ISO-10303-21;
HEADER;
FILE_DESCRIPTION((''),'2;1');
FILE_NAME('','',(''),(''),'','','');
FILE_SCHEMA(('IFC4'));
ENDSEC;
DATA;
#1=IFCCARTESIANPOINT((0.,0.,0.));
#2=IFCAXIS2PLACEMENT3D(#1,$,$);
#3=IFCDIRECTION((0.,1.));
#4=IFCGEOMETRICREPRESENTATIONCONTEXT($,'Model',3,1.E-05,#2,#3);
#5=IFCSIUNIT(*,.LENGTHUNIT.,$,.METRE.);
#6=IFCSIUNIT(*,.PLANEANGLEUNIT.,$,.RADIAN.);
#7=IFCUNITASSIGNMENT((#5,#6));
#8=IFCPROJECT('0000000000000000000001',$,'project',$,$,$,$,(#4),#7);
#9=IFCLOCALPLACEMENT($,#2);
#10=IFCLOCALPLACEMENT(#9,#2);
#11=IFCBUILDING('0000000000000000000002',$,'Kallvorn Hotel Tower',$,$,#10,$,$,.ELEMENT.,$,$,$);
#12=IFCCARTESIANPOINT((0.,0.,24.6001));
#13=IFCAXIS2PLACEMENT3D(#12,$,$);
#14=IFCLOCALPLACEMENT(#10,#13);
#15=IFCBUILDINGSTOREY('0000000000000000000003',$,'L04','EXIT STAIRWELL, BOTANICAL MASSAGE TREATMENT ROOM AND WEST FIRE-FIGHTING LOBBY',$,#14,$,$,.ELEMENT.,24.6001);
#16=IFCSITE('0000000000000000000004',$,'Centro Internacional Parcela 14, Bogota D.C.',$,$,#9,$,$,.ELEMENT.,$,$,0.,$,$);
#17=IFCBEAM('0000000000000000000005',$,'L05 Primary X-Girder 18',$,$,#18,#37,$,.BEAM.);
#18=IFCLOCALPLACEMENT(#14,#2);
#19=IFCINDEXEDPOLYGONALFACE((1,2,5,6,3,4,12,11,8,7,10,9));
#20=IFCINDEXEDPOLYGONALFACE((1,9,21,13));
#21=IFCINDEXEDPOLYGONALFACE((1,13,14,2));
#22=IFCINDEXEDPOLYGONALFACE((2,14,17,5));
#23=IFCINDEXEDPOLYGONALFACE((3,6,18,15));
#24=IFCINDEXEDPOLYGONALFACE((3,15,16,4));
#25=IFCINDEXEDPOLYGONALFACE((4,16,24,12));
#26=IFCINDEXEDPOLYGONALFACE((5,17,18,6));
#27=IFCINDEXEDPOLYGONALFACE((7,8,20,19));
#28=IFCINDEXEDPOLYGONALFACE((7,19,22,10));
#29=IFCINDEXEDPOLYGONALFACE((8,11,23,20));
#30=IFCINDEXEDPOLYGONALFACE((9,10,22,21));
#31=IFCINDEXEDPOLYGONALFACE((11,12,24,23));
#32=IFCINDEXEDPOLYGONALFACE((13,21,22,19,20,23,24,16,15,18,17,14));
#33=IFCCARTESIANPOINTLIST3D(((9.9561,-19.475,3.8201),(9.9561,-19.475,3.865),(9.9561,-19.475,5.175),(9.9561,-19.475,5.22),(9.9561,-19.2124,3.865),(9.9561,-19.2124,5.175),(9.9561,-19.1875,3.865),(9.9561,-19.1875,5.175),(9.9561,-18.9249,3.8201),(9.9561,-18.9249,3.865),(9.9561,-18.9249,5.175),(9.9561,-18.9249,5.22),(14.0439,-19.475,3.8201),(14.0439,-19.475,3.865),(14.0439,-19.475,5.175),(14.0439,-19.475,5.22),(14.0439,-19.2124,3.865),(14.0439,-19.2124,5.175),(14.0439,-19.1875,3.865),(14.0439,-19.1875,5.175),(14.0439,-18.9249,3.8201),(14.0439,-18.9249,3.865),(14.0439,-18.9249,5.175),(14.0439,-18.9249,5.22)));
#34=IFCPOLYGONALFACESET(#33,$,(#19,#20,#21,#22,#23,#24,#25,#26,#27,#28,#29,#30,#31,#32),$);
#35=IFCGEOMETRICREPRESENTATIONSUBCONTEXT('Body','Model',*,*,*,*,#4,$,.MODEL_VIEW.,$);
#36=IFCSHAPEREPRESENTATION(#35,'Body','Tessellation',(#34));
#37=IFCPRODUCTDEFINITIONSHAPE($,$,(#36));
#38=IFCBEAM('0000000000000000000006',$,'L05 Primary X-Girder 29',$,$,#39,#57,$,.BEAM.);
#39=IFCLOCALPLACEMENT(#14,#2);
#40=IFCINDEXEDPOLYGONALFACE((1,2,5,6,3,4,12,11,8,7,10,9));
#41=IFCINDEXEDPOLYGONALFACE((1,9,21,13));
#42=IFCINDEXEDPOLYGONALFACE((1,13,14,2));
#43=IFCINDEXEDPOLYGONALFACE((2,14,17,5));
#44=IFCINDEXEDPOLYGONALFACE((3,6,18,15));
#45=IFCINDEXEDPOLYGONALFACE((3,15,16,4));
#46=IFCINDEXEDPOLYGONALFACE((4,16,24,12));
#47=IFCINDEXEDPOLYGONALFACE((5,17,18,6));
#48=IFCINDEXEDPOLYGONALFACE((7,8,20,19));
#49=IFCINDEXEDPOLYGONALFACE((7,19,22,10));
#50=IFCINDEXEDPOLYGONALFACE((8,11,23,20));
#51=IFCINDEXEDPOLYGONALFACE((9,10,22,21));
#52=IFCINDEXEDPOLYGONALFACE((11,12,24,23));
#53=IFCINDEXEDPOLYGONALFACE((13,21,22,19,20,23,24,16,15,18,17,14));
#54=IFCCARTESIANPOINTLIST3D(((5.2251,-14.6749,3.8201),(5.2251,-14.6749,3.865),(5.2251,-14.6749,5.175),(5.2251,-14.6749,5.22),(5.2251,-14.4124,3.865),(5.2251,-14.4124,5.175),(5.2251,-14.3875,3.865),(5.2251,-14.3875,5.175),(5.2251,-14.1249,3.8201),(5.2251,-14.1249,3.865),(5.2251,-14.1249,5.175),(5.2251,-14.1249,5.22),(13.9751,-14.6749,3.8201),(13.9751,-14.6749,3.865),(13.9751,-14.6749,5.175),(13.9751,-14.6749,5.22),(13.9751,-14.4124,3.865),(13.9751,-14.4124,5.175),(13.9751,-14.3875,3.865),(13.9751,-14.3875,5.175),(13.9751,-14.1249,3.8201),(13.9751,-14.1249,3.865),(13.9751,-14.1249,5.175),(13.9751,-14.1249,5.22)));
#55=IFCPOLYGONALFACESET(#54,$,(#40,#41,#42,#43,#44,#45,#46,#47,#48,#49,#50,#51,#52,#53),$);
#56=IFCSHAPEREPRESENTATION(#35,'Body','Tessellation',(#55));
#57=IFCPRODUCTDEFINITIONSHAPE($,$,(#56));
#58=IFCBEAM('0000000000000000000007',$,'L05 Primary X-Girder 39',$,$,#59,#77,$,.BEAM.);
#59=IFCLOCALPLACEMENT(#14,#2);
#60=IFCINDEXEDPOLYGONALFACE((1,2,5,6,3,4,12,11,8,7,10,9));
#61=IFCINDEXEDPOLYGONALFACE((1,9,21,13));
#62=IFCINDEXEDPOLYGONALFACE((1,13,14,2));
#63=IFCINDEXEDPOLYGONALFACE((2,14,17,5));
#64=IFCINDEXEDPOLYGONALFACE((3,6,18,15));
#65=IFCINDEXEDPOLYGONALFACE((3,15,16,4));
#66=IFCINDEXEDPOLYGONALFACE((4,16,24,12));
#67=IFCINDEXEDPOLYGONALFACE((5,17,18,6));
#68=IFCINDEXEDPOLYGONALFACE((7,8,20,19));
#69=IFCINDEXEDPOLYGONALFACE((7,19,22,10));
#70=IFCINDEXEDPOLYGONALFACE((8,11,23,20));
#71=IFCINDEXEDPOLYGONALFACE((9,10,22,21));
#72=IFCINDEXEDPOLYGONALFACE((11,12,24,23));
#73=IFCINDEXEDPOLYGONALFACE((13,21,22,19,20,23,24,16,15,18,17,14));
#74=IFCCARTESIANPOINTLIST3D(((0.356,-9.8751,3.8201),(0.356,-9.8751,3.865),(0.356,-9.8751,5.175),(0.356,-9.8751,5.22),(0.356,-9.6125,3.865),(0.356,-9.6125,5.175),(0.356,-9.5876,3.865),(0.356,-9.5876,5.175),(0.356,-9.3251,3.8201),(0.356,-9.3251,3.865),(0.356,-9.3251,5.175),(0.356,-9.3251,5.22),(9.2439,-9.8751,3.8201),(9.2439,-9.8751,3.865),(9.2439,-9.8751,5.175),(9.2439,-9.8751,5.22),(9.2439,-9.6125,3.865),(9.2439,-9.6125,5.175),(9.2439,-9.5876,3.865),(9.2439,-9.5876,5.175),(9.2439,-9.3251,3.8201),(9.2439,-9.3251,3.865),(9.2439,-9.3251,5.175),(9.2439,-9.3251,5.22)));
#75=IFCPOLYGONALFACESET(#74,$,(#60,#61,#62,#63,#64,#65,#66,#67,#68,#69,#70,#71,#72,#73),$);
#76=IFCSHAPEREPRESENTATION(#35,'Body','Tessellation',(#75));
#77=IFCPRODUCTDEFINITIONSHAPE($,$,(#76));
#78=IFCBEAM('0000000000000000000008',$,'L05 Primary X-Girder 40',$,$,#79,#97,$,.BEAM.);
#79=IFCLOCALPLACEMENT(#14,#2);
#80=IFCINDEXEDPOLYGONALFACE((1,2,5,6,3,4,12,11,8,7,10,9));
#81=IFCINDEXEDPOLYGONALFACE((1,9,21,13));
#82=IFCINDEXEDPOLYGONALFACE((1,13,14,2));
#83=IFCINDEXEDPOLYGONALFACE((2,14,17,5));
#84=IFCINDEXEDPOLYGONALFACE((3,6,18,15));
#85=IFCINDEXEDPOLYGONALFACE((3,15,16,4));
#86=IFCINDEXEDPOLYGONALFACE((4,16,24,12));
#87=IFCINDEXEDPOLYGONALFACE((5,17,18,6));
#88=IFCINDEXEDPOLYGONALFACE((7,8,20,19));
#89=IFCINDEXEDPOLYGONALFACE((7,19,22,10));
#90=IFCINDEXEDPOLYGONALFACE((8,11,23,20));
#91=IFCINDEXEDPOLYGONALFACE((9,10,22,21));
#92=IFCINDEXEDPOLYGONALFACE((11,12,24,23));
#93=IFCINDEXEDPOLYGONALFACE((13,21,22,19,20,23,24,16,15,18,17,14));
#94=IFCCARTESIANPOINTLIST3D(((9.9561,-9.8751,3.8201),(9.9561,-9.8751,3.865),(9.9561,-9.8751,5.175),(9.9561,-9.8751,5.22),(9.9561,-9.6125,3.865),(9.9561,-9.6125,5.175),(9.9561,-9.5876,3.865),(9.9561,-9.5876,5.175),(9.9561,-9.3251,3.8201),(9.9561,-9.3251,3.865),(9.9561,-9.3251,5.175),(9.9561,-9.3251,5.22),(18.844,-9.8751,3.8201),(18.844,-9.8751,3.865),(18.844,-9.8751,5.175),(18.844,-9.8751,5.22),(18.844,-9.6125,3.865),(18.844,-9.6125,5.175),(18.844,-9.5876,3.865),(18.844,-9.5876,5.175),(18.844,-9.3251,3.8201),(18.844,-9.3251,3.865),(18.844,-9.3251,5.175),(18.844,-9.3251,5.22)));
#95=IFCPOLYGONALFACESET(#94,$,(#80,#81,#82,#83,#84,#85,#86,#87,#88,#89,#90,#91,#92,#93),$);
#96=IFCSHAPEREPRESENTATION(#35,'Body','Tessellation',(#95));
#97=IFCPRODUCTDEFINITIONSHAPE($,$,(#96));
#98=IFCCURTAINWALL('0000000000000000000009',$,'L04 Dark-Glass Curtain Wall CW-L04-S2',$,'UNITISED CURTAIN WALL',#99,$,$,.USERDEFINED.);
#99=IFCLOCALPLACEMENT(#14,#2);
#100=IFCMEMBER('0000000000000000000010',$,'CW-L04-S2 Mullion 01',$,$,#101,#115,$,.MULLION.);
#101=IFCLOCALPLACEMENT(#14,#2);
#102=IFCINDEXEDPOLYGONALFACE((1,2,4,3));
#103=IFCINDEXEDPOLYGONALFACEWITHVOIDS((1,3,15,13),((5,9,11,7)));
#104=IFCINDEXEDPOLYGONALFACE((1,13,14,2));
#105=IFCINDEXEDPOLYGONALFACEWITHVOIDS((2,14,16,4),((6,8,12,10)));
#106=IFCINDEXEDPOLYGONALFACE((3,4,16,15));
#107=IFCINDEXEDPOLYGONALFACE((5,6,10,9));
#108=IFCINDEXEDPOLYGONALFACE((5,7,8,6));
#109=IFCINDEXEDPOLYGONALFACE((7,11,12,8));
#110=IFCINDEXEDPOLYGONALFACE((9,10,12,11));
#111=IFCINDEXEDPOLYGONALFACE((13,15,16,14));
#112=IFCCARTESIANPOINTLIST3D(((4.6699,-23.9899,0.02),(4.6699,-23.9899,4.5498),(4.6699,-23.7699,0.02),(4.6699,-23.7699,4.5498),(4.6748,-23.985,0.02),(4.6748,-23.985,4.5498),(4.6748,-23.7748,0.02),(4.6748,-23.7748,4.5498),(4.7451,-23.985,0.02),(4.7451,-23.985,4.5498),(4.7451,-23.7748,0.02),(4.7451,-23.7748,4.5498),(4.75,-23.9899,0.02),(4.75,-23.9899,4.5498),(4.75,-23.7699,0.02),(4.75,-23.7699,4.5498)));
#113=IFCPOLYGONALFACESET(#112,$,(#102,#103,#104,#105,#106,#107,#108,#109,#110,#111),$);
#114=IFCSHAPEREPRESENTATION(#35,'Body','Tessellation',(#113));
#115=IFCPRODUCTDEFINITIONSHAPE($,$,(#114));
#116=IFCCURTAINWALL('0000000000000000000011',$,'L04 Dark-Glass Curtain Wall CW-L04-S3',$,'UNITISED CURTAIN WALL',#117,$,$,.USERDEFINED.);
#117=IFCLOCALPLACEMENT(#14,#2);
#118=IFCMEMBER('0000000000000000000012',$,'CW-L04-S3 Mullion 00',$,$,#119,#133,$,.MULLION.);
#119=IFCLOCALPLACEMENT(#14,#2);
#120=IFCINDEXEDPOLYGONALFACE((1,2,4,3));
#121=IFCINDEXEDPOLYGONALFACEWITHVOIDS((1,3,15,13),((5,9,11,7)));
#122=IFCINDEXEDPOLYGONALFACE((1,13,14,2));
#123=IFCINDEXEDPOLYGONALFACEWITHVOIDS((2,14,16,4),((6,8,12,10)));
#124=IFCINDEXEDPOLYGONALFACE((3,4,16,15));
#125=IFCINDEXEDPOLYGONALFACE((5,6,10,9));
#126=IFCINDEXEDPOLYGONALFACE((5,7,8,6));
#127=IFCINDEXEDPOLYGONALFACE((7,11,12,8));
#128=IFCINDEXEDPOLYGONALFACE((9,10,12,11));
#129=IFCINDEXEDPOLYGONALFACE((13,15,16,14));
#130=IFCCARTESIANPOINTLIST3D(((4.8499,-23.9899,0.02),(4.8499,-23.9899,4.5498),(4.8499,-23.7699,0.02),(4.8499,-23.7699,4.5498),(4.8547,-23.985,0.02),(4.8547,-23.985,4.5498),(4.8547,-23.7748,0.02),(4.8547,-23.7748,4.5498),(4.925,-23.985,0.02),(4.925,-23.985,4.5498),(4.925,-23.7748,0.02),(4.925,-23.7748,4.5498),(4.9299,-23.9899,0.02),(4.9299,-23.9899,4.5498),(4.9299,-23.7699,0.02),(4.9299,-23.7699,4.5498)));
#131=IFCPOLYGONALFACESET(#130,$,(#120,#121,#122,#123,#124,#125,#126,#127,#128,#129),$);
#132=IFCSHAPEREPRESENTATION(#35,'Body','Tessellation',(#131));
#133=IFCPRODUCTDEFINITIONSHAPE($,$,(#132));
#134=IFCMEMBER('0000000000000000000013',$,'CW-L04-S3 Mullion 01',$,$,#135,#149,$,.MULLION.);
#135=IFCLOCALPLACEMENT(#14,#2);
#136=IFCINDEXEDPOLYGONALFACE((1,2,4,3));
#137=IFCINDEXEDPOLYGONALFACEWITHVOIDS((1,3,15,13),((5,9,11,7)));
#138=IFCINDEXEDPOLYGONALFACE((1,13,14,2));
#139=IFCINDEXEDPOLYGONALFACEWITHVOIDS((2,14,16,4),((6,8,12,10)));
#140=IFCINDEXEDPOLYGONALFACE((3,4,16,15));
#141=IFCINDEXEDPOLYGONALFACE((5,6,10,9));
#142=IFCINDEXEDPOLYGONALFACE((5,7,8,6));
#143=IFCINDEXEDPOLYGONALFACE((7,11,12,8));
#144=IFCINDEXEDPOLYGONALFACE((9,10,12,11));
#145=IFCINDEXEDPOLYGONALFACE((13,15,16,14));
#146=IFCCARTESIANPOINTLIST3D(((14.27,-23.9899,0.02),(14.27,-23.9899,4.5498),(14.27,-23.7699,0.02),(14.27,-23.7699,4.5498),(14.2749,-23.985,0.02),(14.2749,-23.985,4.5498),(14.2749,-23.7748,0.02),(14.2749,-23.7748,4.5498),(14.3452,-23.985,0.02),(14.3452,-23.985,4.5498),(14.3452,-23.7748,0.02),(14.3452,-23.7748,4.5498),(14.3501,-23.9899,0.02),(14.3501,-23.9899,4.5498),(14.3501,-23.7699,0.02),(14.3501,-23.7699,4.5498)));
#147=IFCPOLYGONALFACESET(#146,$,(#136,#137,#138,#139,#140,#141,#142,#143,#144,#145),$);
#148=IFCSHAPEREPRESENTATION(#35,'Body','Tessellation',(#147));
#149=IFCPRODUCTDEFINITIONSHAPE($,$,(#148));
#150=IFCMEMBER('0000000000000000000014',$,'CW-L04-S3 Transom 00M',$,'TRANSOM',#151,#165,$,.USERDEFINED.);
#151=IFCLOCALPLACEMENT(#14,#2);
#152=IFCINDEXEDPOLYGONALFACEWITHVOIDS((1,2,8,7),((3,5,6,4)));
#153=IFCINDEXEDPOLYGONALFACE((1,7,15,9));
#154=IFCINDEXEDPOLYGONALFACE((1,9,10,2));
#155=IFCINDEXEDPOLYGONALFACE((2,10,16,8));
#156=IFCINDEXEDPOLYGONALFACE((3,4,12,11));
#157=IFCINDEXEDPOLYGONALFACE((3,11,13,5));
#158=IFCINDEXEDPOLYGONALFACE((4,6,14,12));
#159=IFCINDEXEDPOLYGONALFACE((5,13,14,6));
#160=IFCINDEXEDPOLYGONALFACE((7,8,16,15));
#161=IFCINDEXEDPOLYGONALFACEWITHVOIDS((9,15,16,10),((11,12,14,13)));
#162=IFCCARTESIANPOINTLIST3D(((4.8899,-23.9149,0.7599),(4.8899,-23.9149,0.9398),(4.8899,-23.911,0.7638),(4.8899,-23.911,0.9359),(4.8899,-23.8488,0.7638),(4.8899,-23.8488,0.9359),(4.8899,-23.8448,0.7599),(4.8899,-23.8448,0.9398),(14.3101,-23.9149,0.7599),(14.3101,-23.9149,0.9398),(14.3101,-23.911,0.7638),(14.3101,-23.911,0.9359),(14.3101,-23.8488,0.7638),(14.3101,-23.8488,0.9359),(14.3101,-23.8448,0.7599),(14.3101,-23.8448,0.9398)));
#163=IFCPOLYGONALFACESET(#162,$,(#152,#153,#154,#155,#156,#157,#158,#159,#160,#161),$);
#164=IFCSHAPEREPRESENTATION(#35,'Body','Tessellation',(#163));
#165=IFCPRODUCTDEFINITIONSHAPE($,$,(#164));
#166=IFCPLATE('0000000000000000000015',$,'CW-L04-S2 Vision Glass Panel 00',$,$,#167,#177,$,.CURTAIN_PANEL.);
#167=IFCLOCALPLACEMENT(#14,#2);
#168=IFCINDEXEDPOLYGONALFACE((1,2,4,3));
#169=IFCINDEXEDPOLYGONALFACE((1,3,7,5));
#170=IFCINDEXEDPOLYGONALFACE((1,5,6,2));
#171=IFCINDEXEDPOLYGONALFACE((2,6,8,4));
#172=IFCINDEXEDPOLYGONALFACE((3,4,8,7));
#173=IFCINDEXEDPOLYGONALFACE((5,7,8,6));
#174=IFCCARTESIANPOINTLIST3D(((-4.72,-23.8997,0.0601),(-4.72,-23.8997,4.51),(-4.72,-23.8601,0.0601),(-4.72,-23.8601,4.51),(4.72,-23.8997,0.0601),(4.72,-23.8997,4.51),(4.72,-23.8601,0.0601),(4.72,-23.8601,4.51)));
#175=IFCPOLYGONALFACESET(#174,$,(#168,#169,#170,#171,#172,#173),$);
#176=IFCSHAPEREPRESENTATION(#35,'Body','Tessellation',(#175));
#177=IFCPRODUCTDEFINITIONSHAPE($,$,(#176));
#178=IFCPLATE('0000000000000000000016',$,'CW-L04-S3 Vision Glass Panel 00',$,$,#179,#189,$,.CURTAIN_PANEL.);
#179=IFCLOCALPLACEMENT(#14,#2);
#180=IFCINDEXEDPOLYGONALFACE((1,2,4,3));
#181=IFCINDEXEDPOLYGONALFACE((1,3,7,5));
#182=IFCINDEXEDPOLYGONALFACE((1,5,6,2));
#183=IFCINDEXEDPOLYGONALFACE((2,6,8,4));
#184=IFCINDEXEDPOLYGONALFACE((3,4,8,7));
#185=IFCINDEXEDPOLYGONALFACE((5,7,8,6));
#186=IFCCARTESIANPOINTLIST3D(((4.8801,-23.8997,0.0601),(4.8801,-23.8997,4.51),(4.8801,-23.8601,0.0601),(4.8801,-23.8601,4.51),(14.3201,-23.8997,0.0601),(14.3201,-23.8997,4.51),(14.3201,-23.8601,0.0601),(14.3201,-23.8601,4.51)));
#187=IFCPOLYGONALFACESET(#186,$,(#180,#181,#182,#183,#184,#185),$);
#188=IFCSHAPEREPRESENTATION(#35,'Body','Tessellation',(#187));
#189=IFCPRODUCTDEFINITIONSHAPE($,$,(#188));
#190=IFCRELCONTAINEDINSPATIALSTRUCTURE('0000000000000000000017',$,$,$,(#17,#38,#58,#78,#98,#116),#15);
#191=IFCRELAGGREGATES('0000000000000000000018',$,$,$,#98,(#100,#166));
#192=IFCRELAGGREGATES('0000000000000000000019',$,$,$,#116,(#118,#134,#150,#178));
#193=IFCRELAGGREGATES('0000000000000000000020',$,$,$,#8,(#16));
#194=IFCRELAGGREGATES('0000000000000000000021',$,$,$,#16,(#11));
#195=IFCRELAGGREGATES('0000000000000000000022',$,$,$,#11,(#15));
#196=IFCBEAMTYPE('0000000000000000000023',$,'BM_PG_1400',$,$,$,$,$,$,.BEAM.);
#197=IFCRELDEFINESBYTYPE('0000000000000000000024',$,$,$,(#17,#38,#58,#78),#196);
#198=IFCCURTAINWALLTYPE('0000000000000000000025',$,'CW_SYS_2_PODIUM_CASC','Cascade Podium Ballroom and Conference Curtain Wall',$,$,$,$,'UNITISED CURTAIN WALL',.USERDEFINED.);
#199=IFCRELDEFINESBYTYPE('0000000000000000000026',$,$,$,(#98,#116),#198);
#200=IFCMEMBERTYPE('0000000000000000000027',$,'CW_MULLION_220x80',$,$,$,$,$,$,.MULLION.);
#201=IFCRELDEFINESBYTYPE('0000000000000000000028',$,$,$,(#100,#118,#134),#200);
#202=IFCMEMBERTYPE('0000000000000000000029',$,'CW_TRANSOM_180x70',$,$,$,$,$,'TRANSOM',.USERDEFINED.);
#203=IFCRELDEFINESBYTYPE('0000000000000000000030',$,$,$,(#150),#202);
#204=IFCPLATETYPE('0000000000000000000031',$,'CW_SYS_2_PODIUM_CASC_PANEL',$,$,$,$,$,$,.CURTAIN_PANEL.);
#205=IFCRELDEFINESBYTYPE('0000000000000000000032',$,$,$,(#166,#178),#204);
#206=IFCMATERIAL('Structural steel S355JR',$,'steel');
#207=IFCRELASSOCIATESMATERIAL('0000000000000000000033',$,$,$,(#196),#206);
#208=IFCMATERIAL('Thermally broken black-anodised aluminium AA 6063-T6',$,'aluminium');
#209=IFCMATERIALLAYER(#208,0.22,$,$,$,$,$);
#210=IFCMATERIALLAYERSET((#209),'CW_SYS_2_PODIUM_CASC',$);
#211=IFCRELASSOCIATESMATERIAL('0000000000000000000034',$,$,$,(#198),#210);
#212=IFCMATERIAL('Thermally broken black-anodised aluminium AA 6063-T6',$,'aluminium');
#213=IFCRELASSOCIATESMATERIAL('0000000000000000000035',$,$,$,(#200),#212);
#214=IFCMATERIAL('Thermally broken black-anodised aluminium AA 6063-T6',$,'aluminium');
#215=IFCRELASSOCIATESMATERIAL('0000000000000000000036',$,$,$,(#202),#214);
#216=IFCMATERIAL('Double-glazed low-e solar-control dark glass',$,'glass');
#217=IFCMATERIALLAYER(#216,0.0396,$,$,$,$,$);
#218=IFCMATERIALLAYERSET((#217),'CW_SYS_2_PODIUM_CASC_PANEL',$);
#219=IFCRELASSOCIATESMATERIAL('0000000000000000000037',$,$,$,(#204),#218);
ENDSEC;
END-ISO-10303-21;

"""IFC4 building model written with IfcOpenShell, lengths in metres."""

from ifc_helpers import new_model, si_unit, direction, frame, origin, origin_2d, place, context, subcontext, project, spatial, rectangle, hollow_rectangle, i_section, extrude, material, layer, layer_set, material_profile, profile_set, type_object, element, aggregate, save


model = new_model("IFC4")

# Units and contexts
model_context = context("Model", 3, precision=1e-05, world=origin(), true_north=direction((0.0, 1.0)))
body_context = subcontext(model_context, "Body", "Model", "MODEL_VIEW")
ifc_project = project(units=[si_unit("LENGTHUNIT", "METRE"), si_unit("PLANEANGLEUNIT", "RADIAN")], contexts=[model_context])

# Site, building, storey
site_placement = place(None, origin())
site = spatial("IfcSite", under=ifc_project, at=site_placement, Name="Centro Internacional Parcela 14, Bogota D.C.", CompositionType="ELEMENT", RefElevation=0.0)
building_placement = place(site_placement, origin())
building = spatial("IfcBuilding", under=site, at=building_placement, Name="Kallvorn Hotel Tower", CompositionType="ELEMENT")
storey_placement = place(building_placement, frame((0.0, 0.0, 24.6001)))
storey = spatial("IfcBuildingStorey", under=building, at=storey_placement, Name="L04", Description="EXIT STAIRWELL, BOTANICAL MASSAGE TREATMENT ROOM AND WEST FIRE-FIGHTING LOBBY", CompositionType="ELEMENT", Elevation=24.6001)

# Beams
ifc_material_1 = material(Name="Structural steel S355JR", Category="steel")
ifc_material_profile_1 = material_profile(ifc_material_1, i_section(OverallWidth=0.55, OverallDepth=1.3999, WebThickness=0.0249, FlangeThickness=0.0449, at=origin_2d()), Name="PG 1400x550x25x45")
ifc_profile_set_1 = profile_set([ifc_material_profile_1], Name="Structural steel S355JR")
beam_type_1 = type_object("IfcBeamType", Name="BM_PG_1400", PredefinedType="BEAM", material=ifc_profile_set_1)
for number, where, z_axis, x_axis, name in (
    (1, (9.9561, -19.2, 4.52), (1.0, 0.0, 0.0), (0.0, 1.0, 0.0), "L05 Primary X-Girder 18"),
):
    element("IfcBeam", number, at=place(storey_placement, frame(where, z_axis=z_axis, x_axis=x_axis)), inside=storey, type_object=beam_type_1, Name=name, PredefinedType="BEAM", context=body_context, shape_type="SweptSolid", body=[
        extrude(i_section(OverallWidth=0.55, OverallDepth=1.3999, WebThickness=0.0249, FlangeThickness=0.0449, at=origin_2d()), origin(), (0.0, 0.0, 1.0), 4.0879),
    ])
beam_1_placement = place(storey_placement, frame((5.2251, -14.3999, 4.52), z_axis=(1.0, 0.0, 0.0), x_axis=(0.0, 1.0, 0.0)))
element("IfcBeam", 2, at=beam_1_placement, inside=storey, type_object=beam_type_1, Name="L05 Primary X-Girder 29", PredefinedType="BEAM", context=body_context, shape_type="SweptSolid", body=[
    extrude(i_section(OverallWidth=0.55, OverallDepth=1.3999, WebThickness=0.0249, FlangeThickness=0.0449, at=origin_2d()), origin(), (0.0, 0.0, 1.0), 8.75),
])
for number, where, z_axis, x_axis, name in (
    (3, (0.356, -9.6001, 4.52), (1.0, 0.0, 0.0), (0.0, 1.0, 0.0), "L05 Primary X-Girder 39"),
    (4, (9.9561, -9.6001, 4.52), (1.0, 0.0, 0.0), (0.0, 1.0, 0.0), "L05 Primary X-Girder 40"),
):
    element("IfcBeam", number, at=place(storey_placement, frame(where, z_axis=z_axis, x_axis=x_axis)), inside=storey, type_object=beam_type_1, Name=name, PredefinedType="BEAM", context=body_context, shape_type="SweptSolid", body=[
        extrude(i_section(OverallWidth=0.55, OverallDepth=1.3999, WebThickness=0.0249, FlangeThickness=0.0449, at=origin_2d()), origin(), (0.0, 0.0, 1.0), 8.8879),
    ])

# Curtain wall, member
ifc_material_2 = material(Name="Thermally broken black-anodised aluminium AA 6063-T6", Category="aluminium")
ifc_layer_1 = layer(ifc_material_2, 0.22)
ifc_layer_set_1 = layer_set([ifc_layer_1], Name="CW_SYS_2_PODIUM_CASC")
curtain_wall_type = type_object("IfcCurtainWallType", Name="CW_SYS_2_PODIUM_CASC", Description="Cascade Podium Ballroom and Conference Curtain Wall", ElementType="UNITISED CURTAIN WALL", PredefinedType="USERDEFINED", material=ifc_layer_set_1)
curtain_wall_1_placement = place(storey_placement, origin())
curtain_wall_1 = element("IfcCurtainWall", 5, at=curtain_wall_1_placement, inside=storey, type_object=curtain_wall_type, Name="L04 Dark-Glass Curtain Wall CW-L04-S2", ObjectType="UNITISED CURTAIN WALL", PredefinedType="USERDEFINED")
ifc_material_3 = material(Name="Thermally broken black-anodised aluminium AA 6063-T6", Category="aluminium")
ifc_material_profile_2 = material_profile(ifc_material_3, hollow_rectangle(XDim=0.0801, YDim=0.22, WallThickness=0.0049, at=origin_2d()), Name="MUL 220x80")
ifc_profile_set_2 = profile_set([ifc_material_profile_2], Name="Thermally broken black-anodised aluminium AA 6063-T6")
member_type_1 = type_object("IfcMemberType", Name="CW_MULLION_220x80", PredefinedType="MULLION", material=ifc_profile_set_2)
member_1_placement = place(storey_placement, frame((4.71, -23.8799, 0.02), z_axis=(0.0, 0.0, 1.0), x_axis=(1.0, 0.0, 0.0)))
member_1 = element("IfcMember", 6, at=member_1_placement, type_object=member_type_1, Name="CW-L04-S2 Mullion 01", PredefinedType="MULLION", context=body_context, shape_type="SweptSolid", body=[
    extrude(hollow_rectangle(XDim=0.0801, YDim=0.22, WallThickness=0.0049, at=origin_2d()), origin(), (0.0, 0.0, 1.0), 4.5298),
])

# Curtain wall, members
curtain_wall_2_placement = place(storey_placement, origin())
curtain_wall_2 = element("IfcCurtainWall", 7, at=curtain_wall_2_placement, inside=storey, type_object=curtain_wall_type, Name="L04 Dark-Glass Curtain Wall CW-L04-S3", ObjectType="UNITISED CURTAIN WALL", PredefinedType="USERDEFINED")
member_2_placement = place(storey_placement, frame((4.8899, -23.8799, 0.02), z_axis=(0.0, 0.0, 1.0), x_axis=(1.0, 0.0, 0.0)))
member_2 = element("IfcMember", 8, at=member_2_placement, type_object=member_type_1, Name="CW-L04-S3 Mullion 00", PredefinedType="MULLION", context=body_context, shape_type="SweptSolid", body=[
    extrude(hollow_rectangle(XDim=0.0801, YDim=0.22, WallThickness=0.0049, at=origin_2d()), origin(), (0.0, 0.0, 1.0), 4.5298),
])
member_3_placement = place(storey_placement, frame((14.3101, -23.8799, 0.02), z_axis=(0.0, 0.0, 1.0), x_axis=(1.0, 0.0, 0.0)))
member_3 = element("IfcMember", 9, at=member_3_placement, type_object=member_type_1, Name="CW-L04-S3 Mullion 01", PredefinedType="MULLION", context=body_context, shape_type="SweptSolid", body=[
    extrude(hollow_rectangle(XDim=0.0801, YDim=0.22, WallThickness=0.0049, at=origin_2d()), origin(), (0.0, 0.0, 1.0), 4.5298),
])
ifc_material_4 = material(Name="Thermally broken black-anodised aluminium AA 6063-T6", Category="aluminium")
ifc_material_profile_3 = material_profile(ifc_material_4, hollow_rectangle(XDim=0.0701, YDim=0.1799, WallThickness=0.0039, at=origin_2d()), Name="TRN 180x70")
ifc_profile_set_3 = profile_set([ifc_material_profile_3], Name="Thermally broken black-anodised aluminium AA 6063-T6")
member_type_2 = type_object("IfcMemberType", Name="CW_TRANSOM_180x70", ElementType="TRANSOM", PredefinedType="USERDEFINED", material=ifc_profile_set_3)
member_4_placement = place(storey_placement, frame((4.8899, -23.8799, 0.8499), z_axis=(1.0, 0.0, 0.0), x_axis=(0.0, 1.0, 0.0)))
member_4 = element("IfcMember", 10, at=member_4_placement, type_object=member_type_2, Name="CW-L04-S3 Transom 00M", ObjectType="TRANSOM", PredefinedType="USERDEFINED", context=body_context, shape_type="SweptSolid", body=[
    extrude(hollow_rectangle(XDim=0.0701, YDim=0.1799, WallThickness=0.0039, at=origin_2d()), origin(), (0.0, 0.0, 1.0), 9.4202),
])

# Plates
ifc_material_5 = material(Name="Double-glazed low-e solar-control dark glass", Category="glass")
ifc_layer_2 = layer(ifc_material_5, 0.0396)
ifc_layer_set_2 = layer_set([ifc_layer_2], Name="CW_SYS_2_PODIUM_CASC_PANEL")
plate_type = type_object("IfcPlateType", Name="CW_SYS_2_PODIUM_CASC_PANEL", PredefinedType="CURTAIN_PANEL", material=ifc_layer_set_2)
plate_1_placement = place(storey_placement, frame((0.0, -23.8799, 0.0601), z_axis=(0.0, 0.0, 1.0), x_axis=(1.0, 0.0, 0.0)))
plate_1 = element("IfcPlate", 11, at=plate_1_placement, type_object=plate_type, Name="CW-L04-S2 Vision Glass Panel 00", PredefinedType="CURTAIN_PANEL", context=body_context, shape_type="SweptSolid", body=[
    extrude(rectangle(XDim=9.4399, YDim=0.0396, at=origin_2d()), origin(), (0.0, 0.0, 1.0), 4.45),
])
aggregate(curtain_wall_1, [member_1, plate_1])
plate_2_placement = place(storey_placement, frame((9.6001, -23.8799, 0.0601), z_axis=(0.0, 0.0, 1.0), x_axis=(1.0, 0.0, 0.0)))
plate_2 = element("IfcPlate", 12, at=plate_2_placement, type_object=plate_type, Name="CW-L04-S3 Vision Glass Panel 00", PredefinedType="CURTAIN_PANEL", context=body_context, shape_type="SweptSolid", body=[
    extrude(rectangle(XDim=9.4399, YDim=0.0396, at=origin_2d()), origin(), (0.0, 0.0, 1.0), 4.45),
])
aggregate(curtain_wall_2, [member_2, member_3, member_4, plate_2])

save(model, "model.ifc")
